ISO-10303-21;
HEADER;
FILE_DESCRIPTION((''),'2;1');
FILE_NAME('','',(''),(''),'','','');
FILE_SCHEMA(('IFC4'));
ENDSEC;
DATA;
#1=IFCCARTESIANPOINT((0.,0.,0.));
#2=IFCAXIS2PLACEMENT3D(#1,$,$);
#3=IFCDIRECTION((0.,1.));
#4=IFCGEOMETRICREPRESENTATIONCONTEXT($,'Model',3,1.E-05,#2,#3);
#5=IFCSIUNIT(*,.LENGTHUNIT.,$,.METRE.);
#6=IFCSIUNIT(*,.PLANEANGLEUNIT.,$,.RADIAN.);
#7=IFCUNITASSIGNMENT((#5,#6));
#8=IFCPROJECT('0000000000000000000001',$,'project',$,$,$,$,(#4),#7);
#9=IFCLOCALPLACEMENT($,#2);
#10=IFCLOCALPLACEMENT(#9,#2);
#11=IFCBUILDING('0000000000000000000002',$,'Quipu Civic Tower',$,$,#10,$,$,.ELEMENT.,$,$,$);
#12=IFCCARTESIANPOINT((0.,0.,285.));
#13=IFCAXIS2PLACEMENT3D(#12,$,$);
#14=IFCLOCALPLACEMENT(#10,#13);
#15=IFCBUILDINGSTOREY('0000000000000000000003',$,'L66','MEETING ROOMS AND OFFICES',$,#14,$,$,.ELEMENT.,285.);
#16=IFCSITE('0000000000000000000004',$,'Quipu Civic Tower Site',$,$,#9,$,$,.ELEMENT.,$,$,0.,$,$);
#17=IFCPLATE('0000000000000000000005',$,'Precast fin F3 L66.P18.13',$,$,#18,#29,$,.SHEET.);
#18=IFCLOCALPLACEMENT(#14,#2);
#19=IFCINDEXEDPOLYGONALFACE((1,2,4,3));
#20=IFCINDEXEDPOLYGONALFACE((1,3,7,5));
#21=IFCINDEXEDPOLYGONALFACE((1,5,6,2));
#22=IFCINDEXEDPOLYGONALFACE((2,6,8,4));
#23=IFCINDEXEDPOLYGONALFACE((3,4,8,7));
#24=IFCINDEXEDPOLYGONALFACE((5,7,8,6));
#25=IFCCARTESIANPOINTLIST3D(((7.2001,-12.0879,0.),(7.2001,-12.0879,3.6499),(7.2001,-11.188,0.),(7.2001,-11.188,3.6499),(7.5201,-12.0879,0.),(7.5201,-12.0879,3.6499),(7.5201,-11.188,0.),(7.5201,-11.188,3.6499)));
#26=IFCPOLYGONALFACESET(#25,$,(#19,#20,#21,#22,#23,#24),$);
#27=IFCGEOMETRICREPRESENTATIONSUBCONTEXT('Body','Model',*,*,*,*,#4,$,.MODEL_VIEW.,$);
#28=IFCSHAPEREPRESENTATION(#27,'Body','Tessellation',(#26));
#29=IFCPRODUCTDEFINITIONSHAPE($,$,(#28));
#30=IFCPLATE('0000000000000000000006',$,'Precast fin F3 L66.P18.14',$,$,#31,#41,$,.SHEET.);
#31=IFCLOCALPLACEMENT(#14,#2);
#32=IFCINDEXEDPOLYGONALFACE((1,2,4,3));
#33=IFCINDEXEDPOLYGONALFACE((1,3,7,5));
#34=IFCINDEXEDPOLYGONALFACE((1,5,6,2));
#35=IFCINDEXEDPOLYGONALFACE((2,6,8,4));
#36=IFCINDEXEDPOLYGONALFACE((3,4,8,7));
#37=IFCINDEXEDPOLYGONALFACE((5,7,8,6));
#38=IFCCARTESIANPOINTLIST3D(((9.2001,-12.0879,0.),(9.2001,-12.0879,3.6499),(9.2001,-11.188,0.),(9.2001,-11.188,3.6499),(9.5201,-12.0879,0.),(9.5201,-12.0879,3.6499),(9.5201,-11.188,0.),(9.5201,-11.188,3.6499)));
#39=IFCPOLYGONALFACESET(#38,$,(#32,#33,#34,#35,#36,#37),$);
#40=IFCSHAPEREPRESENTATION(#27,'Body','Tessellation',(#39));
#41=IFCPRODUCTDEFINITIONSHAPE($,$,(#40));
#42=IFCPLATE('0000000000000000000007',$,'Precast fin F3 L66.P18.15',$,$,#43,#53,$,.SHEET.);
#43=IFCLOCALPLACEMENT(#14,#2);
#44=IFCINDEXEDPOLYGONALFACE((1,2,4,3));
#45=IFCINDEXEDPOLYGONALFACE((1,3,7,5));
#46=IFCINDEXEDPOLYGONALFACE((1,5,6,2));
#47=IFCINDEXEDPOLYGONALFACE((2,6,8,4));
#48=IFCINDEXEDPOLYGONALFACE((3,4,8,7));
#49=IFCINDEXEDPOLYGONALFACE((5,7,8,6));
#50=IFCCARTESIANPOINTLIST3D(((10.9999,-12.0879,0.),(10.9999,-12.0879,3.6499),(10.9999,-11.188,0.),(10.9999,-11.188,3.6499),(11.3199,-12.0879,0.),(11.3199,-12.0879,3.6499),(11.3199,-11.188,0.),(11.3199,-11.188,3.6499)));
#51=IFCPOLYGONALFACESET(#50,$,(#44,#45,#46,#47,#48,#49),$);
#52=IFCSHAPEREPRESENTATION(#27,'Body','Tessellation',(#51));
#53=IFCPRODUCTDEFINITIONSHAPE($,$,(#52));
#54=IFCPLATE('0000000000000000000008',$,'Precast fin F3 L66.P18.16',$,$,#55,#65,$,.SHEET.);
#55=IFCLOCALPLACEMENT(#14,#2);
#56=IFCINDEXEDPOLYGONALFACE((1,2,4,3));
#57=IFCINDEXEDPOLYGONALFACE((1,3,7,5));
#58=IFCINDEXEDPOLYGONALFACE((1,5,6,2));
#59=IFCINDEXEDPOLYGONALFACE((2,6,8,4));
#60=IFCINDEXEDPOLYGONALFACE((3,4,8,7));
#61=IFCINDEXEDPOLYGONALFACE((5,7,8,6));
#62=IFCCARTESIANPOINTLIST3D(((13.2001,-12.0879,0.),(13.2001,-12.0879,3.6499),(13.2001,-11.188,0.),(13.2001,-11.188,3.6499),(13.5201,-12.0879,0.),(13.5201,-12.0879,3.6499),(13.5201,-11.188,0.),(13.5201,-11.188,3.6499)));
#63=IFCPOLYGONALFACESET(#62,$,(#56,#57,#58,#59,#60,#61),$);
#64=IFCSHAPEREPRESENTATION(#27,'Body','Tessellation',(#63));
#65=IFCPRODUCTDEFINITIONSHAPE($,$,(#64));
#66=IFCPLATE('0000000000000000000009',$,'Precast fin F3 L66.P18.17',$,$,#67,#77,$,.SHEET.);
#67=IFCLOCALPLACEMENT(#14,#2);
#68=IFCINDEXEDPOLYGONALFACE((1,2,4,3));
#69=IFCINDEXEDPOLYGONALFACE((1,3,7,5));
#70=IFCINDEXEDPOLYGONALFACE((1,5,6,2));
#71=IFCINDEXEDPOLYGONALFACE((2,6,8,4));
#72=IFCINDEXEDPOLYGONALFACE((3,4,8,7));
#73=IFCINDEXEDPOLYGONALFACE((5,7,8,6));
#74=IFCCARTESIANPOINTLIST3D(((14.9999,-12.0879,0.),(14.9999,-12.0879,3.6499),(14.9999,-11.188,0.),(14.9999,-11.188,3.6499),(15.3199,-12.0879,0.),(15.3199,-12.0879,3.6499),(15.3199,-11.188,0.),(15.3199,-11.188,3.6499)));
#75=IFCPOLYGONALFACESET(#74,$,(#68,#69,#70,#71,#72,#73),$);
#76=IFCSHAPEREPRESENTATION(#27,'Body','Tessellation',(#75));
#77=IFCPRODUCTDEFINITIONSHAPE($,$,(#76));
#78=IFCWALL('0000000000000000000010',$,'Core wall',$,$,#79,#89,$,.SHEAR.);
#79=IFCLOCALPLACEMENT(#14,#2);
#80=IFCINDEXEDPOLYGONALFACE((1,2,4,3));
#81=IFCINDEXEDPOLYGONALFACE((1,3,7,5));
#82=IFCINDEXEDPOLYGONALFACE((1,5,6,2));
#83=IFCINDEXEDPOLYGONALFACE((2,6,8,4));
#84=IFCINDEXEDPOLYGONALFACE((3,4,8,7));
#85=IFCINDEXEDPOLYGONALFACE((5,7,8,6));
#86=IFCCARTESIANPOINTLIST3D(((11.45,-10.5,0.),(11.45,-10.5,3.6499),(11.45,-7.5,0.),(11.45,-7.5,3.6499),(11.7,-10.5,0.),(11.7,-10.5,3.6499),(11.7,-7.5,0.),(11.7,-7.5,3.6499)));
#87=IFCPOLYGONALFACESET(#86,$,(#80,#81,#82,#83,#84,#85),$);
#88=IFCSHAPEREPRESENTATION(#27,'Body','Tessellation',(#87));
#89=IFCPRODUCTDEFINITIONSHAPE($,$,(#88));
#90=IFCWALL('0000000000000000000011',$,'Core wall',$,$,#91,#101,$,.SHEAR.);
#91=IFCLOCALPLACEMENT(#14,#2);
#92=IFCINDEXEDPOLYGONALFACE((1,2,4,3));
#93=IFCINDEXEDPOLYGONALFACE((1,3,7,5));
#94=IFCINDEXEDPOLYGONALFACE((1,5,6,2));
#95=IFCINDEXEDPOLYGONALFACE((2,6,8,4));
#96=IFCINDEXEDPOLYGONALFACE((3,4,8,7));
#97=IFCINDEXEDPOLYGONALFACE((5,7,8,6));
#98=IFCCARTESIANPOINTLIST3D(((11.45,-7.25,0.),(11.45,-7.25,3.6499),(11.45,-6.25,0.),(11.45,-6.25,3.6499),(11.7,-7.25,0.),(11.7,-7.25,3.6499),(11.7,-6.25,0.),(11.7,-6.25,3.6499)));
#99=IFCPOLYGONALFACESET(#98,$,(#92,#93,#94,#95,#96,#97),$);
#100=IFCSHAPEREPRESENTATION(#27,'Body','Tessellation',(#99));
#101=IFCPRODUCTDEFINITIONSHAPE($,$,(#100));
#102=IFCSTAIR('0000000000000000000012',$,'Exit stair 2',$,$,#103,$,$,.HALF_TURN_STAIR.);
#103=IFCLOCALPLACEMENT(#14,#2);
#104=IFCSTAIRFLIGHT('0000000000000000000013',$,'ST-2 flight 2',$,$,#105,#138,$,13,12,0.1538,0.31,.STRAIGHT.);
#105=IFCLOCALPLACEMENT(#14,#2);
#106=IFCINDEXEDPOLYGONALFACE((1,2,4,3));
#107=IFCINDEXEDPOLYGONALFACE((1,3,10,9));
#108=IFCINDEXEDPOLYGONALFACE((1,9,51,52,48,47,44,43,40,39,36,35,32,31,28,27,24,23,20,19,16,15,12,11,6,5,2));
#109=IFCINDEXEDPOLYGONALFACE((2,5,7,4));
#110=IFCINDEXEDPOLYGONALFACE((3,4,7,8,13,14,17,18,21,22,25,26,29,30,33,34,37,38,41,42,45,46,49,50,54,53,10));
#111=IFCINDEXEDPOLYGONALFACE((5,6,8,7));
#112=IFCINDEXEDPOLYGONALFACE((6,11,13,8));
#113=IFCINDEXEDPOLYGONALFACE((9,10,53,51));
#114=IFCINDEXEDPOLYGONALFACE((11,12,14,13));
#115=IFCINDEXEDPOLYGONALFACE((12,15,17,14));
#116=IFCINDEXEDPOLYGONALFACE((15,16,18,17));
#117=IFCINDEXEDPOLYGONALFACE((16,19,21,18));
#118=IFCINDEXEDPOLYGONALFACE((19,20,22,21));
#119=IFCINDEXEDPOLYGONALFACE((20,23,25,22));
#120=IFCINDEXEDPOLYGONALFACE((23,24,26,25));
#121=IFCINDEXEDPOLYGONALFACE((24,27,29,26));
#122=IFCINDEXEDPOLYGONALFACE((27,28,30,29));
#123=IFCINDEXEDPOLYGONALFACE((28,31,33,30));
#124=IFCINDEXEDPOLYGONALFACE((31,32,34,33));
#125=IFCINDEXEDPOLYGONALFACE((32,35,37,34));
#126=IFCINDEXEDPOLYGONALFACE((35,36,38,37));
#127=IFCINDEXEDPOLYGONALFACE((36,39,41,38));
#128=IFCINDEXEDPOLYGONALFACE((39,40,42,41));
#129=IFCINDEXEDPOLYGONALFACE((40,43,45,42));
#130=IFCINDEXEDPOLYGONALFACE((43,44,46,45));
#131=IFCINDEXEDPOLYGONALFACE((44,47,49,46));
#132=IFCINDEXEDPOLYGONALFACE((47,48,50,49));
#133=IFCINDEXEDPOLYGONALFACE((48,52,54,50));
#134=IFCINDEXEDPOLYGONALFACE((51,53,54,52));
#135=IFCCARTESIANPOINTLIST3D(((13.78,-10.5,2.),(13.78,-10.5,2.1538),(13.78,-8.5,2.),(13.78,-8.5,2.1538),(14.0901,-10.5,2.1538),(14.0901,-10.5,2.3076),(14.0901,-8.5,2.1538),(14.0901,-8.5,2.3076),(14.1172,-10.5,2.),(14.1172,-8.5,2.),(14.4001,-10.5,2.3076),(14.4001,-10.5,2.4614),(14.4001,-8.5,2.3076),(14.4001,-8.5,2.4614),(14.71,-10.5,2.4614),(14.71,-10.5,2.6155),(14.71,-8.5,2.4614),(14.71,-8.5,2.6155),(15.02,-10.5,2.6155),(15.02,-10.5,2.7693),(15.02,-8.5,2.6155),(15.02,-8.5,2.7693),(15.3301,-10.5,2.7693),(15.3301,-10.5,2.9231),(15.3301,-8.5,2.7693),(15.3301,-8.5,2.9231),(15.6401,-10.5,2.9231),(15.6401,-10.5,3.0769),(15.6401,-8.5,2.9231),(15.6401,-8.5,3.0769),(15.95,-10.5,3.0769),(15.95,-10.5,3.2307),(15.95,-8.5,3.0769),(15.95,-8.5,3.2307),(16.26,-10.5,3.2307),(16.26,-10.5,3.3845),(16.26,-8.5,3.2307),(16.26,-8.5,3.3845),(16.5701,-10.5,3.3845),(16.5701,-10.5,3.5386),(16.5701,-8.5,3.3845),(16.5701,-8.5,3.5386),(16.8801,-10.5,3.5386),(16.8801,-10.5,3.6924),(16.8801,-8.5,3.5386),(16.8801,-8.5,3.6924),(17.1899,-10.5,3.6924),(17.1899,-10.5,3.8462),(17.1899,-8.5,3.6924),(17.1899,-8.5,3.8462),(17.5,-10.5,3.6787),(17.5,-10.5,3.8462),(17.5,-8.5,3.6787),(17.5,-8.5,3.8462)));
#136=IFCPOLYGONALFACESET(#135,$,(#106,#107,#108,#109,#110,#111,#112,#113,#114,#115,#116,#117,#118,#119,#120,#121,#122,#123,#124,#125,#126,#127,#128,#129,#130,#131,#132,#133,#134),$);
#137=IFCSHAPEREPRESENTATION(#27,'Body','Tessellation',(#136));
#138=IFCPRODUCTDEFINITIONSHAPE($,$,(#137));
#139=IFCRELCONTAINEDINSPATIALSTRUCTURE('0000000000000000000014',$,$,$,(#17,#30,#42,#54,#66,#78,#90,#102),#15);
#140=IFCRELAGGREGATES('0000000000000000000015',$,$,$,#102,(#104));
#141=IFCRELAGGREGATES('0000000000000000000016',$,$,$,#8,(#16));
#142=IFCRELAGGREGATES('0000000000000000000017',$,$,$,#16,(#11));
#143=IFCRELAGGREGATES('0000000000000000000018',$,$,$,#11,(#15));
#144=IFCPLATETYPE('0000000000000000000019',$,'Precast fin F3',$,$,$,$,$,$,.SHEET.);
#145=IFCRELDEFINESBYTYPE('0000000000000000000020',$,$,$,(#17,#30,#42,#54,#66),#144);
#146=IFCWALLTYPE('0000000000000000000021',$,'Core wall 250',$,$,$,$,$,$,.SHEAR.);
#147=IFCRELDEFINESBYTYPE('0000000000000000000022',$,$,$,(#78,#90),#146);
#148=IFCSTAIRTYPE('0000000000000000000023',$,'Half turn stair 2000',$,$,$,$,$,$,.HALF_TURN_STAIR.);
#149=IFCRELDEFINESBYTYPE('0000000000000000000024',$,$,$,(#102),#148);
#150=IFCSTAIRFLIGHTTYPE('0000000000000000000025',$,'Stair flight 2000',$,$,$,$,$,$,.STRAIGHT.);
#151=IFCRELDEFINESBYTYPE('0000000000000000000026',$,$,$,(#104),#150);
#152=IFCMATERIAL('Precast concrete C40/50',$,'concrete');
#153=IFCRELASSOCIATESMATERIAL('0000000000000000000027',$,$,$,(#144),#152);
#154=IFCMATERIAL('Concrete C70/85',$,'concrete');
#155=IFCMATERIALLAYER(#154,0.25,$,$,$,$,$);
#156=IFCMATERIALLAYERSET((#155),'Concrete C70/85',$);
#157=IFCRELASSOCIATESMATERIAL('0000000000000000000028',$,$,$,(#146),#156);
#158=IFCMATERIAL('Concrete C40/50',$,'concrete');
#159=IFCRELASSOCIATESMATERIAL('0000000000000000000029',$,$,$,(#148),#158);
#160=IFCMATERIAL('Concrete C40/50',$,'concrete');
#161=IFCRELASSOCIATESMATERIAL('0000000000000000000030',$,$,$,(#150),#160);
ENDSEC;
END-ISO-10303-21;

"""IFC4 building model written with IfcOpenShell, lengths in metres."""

from ifc_helpers import new_model, si_unit, direction, frame, frame_2d, origin, origin_2d, place, context, subcontext, project, spatial, polyline, rectangle, outline, extrude, material, layer, layer_set, type_object, element, aggregate, save


model = new_model("IFC4")

# Units and contexts
model_context = context("Model", 3, precision=1e-05, world=origin(), true_north=direction((0.0, 1.0)))
body_context = subcontext(model_context, "Body", "Model", "MODEL_VIEW")
ifc_project = project(units=[si_unit("LENGTHUNIT", "METRE"), si_unit("PLANEANGLEUNIT", "RADIAN")], contexts=[model_context])

# Site, building, storey
site_placement = place(None, origin())
site = spatial("IfcSite", under=ifc_project, at=site_placement, Name="Quipu Civic Tower Site", CompositionType="ELEMENT", RefElevation=0.0)
building_placement = place(site_placement, origin())
building = spatial("IfcBuilding", under=site, at=building_placement, Name="Quipu Civic Tower", CompositionType="ELEMENT")
storey_placement = place(building_placement, frame((0.0, 0.0, 285.0)))
storey = spatial("IfcBuildingStorey", under=building, at=storey_placement, Name="L66", Description="MEETING ROOMS AND OFFICES", CompositionType="ELEMENT", Elevation=285.0)

# Plates
ifc_material_1 = material(Name="Precast concrete C40/50", Category="concrete")
plate_type = type_object("IfcPlateType", Name="Precast fin F3", PredefinedType="SHEET", material=ifc_material_1)
for number, where, z_axis, x_axis, name in (
    (1, (7.3601, -11.6379, 0.0), (0.0, 0.0, 1.0), (1.0, 0.0, 0.0), "Precast fin F3 L66.P18.13"),
    (2, (9.3601, -11.6379, 0.0), (0.0, 0.0, 1.0), (1.0, 0.0, 0.0), "Precast fin F3 L66.P18.14"),
    (3, (11.1599, -11.6379, 0.0), (0.0, 0.0, 1.0), (1.0, 0.0, 0.0), "Precast fin F3 L66.P18.15"),
    (4, (13.3601, -11.6379, 0.0), (0.0, 0.0, 1.0), (1.0, 0.0, 0.0), "Precast fin F3 L66.P18.16"),
    (5, (15.1599, -11.6379, 0.0), (0.0, 0.0, 1.0), (1.0, 0.0, 0.0), "Precast fin F3 L66.P18.17"),
):
    element("IfcPlate", number, at=place(storey_placement, frame(where, z_axis=z_axis, x_axis=x_axis)), inside=storey, type_object=plate_type, Name=name, PredefinedType="SHEET", context=body_context, shape_type="SweptSolid", body=[
        extrude(rectangle(XDim=0.3201, YDim=0.8999, at=origin_2d()), origin(), (0.0, 0.0, 1.0), 3.6499),
    ])

# Wall
ifc_material_2 = material(Name="Concrete C70/85", Category="concrete")
ifc_layer = layer(ifc_material_2, 0.25)
ifc_layer_set = layer_set([ifc_layer], Name="Concrete C70/85")
wall_type = type_object("IfcWallType", Name="Core wall 250", PredefinedType="SHEAR", material=ifc_layer_set)
wall_1_placement = place(storey_placement, frame((11.575, -10.5, 0.0), z_axis=(0.0, 0.0, 1.0), x_axis=(0.0, 1.0, 0.0)))
element("IfcWall", 6, at=wall_1_placement, inside=storey, type_object=wall_type, Name="Core wall", PredefinedType="SHEAR", context=body_context, shape_type="SweptSolid", body=[
    extrude(rectangle(XDim=3.0, YDim=0.25, at=frame_2d((1.5, 0.0))), origin(), (0.0, 0.0, 1.0), 3.6499),
])

# Wall
wall_2_placement = place(storey_placement, frame((11.575, -7.25, 0.0), z_axis=(0.0, 0.0, 1.0), x_axis=(0.0, 1.0, 0.0)))
element("IfcWall", 7, at=wall_2_placement, inside=storey, type_object=wall_type, Name="Core wall", PredefinedType="SHEAR", context=body_context, shape_type="SweptSolid", body=[
    extrude(rectangle(XDim=1.0, YDim=0.25, at=frame_2d((0.5, 0.0))), origin(), (0.0, 0.0, 1.0), 3.6499),
])

# Stair, stair flight
ifc_material_3 = material(Name="Concrete C40/50", Category="concrete")
stair_type = type_object("IfcStairType", Name="Half turn stair 2000", PredefinedType="HALF_TURN_STAIR", material=ifc_material_3)
stair_placement = place(storey_placement, origin())
stair = element("IfcStair", 8, at=stair_placement, inside=storey, type_object=stair_type, Name="Exit stair 2", PredefinedType="HALF_TURN_STAIR")
ifc_material_4 = material(Name="Concrete C40/50", Category="concrete")
stair_flight_type = type_object("IfcStairFlightType", Name="Stair flight 2000", PredefinedType="STRAIGHT", material=ifc_material_4)
stair_flight_placement = place(storey_placement, frame((13.78, -9.5, 2.0), z_axis=(0.0, 0.0, 1.0), x_axis=(1.0, 0.0, 0.0)))
stair_flight = element("IfcStairFlight", 9, at=stair_flight_placement, type_object=stair_flight_type, Name="ST-2 flight 2", NumberOfRisers=13, NumberOfTreads=12, PredefinedType="STRAIGHT", RiserHeight=0.1538, TreadLength=0.31, context=body_context, shape_type="SweptSolid", body=[
    extrude(outline(polyline([(0.0, 0.0), (0.0, 0.1538), (0.3101, 0.1538), (0.3101, 0.3076), (0.6201, 0.3076), (0.6201, 0.4614), (0.9299, 0.4614), (0.9299, 0.6155), (1.24, 0.6155), (1.24, 0.7693), (1.55, 0.7693), (1.55, 0.9231), (1.8601, 0.9231), (1.8601, 1.0769), (2.1699, 1.0769), (2.1699, 1.2307), (2.48, 1.2307), (2.48, 1.3845), (2.79, 1.3845), (2.79, 1.5386), (3.1001, 1.5386), (3.1001, 1.6924), (3.4099, 1.6924), (3.4099, 1.8462), (3.72, 1.8462), (3.72, 2.0), (3.72, 1.6787), (0.3372, 0.0), (0.0, 0.0)])), frame((0.0, 1.0, 0.0), z_axis=(0.0, -1.0, 0.0), x_axis=(1.0, 0.0, 0.0)), (0.0, 0.0, 1.0), 2.0),
])
aggregate(stair, [stair_flight])

save(model, "model.ifc")
